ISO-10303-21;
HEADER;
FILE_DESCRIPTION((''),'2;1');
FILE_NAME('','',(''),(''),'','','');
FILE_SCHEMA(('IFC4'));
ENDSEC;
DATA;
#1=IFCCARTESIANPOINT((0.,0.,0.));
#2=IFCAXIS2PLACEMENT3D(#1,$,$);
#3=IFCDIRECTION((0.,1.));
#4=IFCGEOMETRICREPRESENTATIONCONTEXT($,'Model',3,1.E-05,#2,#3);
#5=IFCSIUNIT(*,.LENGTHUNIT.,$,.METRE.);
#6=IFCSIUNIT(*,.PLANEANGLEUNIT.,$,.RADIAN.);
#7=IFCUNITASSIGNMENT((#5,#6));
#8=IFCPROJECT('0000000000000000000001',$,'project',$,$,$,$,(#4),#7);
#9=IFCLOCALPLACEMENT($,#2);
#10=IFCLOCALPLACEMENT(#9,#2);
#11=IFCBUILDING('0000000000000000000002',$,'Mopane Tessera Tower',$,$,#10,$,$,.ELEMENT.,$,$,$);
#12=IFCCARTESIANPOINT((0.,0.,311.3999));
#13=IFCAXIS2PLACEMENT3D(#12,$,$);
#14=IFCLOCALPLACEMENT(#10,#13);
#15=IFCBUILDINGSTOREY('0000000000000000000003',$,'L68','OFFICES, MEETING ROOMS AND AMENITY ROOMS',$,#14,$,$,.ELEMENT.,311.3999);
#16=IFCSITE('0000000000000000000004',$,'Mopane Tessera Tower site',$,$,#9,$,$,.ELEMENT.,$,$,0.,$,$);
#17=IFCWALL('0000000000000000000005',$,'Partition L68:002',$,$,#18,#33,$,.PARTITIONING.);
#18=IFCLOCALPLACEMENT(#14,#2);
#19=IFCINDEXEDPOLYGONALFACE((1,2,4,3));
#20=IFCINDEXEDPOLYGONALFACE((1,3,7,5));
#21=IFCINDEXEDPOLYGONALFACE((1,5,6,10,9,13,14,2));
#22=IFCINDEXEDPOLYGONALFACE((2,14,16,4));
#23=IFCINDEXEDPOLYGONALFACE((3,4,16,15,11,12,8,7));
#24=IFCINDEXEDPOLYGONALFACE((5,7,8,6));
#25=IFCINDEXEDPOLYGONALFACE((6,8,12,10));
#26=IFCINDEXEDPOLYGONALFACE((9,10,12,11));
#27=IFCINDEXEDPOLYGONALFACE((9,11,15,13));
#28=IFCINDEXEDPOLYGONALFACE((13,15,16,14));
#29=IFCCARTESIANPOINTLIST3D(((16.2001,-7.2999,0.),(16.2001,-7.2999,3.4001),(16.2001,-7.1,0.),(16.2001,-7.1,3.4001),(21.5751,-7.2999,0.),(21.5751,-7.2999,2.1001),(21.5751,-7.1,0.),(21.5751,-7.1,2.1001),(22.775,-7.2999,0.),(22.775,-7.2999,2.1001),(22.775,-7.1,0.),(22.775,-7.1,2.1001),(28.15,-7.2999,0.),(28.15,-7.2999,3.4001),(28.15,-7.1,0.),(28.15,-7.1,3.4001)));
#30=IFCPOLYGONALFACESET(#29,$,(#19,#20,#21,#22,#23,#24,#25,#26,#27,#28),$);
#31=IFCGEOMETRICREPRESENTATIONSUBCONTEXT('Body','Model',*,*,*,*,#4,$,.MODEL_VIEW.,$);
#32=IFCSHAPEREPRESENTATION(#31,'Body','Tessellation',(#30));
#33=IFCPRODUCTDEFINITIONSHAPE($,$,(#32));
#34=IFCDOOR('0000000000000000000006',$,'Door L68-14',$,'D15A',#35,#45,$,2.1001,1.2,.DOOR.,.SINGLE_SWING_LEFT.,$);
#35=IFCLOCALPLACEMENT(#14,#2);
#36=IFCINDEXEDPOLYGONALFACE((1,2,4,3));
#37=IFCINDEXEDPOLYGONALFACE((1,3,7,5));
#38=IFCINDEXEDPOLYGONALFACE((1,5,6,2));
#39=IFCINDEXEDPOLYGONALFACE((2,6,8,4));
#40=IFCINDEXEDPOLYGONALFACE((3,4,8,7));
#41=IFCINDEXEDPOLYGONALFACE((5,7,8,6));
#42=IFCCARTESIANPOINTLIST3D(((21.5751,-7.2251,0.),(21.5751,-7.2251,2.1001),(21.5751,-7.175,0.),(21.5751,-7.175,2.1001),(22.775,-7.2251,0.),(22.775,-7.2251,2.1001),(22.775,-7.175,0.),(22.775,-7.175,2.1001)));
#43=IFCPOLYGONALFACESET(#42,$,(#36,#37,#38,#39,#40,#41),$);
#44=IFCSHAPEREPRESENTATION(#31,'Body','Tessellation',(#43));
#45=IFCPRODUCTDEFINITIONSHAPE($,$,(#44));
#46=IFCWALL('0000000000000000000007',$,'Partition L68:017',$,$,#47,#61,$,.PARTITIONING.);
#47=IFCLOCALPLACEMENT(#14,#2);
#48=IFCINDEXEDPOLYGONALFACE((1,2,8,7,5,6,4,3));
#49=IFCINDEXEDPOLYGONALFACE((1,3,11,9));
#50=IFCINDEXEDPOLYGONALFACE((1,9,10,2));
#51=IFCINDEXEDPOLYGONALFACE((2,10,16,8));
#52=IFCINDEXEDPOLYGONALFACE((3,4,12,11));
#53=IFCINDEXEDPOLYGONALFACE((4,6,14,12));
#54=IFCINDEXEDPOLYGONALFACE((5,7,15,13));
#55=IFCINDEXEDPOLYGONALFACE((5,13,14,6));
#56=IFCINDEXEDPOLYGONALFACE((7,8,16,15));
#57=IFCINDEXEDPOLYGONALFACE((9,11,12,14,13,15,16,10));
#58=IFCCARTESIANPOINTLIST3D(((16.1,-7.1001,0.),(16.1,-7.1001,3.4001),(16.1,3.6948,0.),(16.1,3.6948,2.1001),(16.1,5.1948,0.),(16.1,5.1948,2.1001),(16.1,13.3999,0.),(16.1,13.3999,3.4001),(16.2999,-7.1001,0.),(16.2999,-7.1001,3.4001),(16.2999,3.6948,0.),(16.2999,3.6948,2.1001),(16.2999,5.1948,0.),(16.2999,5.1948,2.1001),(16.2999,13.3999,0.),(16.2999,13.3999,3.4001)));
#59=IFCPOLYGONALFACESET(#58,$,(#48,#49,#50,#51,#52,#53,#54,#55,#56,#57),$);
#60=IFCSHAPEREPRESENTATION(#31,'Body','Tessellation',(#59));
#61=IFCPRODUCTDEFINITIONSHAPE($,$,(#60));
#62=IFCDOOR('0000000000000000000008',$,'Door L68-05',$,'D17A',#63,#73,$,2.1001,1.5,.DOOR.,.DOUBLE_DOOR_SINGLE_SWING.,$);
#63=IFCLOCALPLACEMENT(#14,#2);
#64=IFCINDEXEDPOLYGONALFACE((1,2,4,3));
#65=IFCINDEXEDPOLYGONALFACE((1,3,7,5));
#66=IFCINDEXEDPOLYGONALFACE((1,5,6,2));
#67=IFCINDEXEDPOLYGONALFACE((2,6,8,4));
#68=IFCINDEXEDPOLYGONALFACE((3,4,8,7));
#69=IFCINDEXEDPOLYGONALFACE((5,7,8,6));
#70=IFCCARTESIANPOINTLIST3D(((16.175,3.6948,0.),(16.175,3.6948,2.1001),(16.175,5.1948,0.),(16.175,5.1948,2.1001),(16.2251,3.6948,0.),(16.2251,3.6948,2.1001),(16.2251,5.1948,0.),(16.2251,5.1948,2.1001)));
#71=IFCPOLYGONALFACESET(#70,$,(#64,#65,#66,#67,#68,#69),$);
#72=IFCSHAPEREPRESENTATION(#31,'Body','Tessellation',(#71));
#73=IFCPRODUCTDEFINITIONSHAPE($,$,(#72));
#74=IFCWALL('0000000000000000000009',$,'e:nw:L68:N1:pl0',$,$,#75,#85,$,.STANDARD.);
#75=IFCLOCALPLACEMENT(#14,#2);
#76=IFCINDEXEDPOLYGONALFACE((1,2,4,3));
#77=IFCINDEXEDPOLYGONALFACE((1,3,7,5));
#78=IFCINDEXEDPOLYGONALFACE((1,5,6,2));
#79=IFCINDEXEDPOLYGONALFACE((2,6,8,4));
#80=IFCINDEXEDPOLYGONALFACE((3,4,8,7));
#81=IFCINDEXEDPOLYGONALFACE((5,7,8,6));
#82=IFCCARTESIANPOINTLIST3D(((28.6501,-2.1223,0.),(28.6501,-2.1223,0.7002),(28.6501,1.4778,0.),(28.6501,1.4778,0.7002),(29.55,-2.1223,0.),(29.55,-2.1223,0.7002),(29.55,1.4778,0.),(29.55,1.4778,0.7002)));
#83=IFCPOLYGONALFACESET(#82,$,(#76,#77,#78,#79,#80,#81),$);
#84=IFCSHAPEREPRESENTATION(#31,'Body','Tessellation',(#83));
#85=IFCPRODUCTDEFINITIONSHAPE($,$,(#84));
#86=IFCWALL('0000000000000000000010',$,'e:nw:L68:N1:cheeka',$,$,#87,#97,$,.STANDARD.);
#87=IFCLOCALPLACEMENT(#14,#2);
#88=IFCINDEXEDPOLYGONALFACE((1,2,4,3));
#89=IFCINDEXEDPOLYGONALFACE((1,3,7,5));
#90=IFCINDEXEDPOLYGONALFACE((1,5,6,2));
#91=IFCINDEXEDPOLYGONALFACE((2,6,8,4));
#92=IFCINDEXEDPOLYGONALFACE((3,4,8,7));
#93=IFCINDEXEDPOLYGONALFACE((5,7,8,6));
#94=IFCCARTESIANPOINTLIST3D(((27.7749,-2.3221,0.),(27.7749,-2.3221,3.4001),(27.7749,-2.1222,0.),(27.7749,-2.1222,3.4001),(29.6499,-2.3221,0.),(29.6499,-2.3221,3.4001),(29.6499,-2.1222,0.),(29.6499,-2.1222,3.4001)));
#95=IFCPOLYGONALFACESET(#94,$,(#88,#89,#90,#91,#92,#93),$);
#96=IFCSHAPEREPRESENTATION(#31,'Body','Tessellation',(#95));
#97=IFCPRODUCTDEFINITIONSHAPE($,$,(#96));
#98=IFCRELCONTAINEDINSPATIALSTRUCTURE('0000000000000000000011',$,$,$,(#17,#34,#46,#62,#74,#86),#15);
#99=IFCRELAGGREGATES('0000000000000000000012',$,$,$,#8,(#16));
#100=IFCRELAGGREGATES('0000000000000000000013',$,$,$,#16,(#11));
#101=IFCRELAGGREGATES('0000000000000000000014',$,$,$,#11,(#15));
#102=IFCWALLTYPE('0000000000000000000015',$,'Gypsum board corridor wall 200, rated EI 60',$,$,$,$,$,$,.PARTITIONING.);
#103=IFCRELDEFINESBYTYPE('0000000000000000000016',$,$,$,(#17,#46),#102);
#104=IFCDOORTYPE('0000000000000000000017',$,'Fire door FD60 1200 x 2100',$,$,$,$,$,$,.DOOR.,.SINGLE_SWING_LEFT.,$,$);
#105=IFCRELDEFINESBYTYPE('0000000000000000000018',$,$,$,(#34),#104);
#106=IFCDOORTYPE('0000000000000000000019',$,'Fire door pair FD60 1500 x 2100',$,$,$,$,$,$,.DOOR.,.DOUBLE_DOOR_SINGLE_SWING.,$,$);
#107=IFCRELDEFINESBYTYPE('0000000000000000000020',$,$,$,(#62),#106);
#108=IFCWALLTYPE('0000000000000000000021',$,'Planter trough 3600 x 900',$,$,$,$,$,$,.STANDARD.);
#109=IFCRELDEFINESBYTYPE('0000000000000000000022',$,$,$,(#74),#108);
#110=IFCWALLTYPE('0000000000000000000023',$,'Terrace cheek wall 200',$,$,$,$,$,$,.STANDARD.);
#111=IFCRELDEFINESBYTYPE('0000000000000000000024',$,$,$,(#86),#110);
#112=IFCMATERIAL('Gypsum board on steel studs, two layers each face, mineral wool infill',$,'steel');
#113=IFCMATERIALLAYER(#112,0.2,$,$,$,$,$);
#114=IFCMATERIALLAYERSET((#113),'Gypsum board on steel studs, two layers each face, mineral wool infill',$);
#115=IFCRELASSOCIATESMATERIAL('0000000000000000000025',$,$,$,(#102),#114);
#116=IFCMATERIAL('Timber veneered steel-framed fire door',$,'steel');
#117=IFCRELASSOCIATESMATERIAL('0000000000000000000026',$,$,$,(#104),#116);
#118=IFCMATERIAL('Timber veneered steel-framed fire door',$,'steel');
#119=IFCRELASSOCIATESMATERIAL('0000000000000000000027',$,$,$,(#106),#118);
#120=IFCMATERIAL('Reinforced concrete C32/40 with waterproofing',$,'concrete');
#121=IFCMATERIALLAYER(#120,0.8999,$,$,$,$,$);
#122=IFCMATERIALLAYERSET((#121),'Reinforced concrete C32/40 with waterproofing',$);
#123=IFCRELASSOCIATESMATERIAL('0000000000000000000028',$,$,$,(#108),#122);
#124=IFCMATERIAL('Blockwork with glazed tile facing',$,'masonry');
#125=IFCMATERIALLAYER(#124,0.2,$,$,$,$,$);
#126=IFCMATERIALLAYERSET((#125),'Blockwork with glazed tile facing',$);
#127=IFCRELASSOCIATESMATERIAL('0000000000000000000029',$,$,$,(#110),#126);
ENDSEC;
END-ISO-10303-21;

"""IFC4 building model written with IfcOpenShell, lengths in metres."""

from ifc_helpers import new_model, si_unit, direction, frame, frame_2d, origin, place, context, subcontext, project, spatial, rectangle, extrude, material, layer, layer_set, type_object, element, fill, save


model = new_model("IFC4")

# Units and contexts
model_context = context("Model", 3, precision=1e-05, world=origin(), true_north=direction((0.0, 1.0)))
body_context = subcontext(model_context, "Body", "Model", "MODEL_VIEW")
ifc_project = project(units=[si_unit("LENGTHUNIT", "METRE"), si_unit("PLANEANGLEUNIT", "RADIAN")], contexts=[model_context])

# Site, building, storey
site_placement = place(None, origin())
site = spatial("IfcSite", under=ifc_project, at=site_placement, Name="Mopane Tessera Tower site", CompositionType="ELEMENT", RefElevation=0.0)
building_placement = place(site_placement, origin())
building = spatial("IfcBuilding", under=site, at=building_placement, Name="Mopane Tessera Tower", CompositionType="ELEMENT")
storey_placement = place(building_placement, frame((0.0, 0.0, 311.3999)))
storey = spatial("IfcBuildingStorey", under=building, at=storey_placement, Name="L68", Description="OFFICES, MEETING ROOMS AND AMENITY ROOMS", CompositionType="ELEMENT", Elevation=311.3999)

# Walls, openings, doors
ifc_material_1 = material(Name="Gypsum board on steel studs, two layers each face, mineral wool infill", Category="steel")
ifc_layer_1 = layer(ifc_material_1, 0.2)
ifc_layer_set_1 = layer_set([ifc_layer_1], Name="Gypsum board on steel studs, two layers each face, mineral wool infill")
wall_type_1 = type_object("IfcWallType", Name="Gypsum board corridor wall 200, rated EI 60", PredefinedType="PARTITIONING", material=ifc_layer_set_1)
wall_1_placement = place(storey_placement, frame((16.2, -7.2, 0.0), z_axis=(0.0, 0.0, 1.0), x_axis=(1.0, 0.0, 0.0)))
wall_1 = element("IfcWall", 1, at=wall_1_placement, inside=storey, type_object=wall_type_1, Name="Partition L68:002", PredefinedType="PARTITIONING", context=body_context, shape_type="SweptSolid", body=[
    extrude(rectangle(XDim=11.95, YDim=0.2, at=frame_2d((5.9751, 0.0))), origin(), (0.0, 0.0, 1.0), 3.4001),
])
opening_1_placement = place(wall_1_placement, frame((5.375, 0.0, 0.0)))
opening_1 = element("IfcOpeningElement", 2, at=opening_1_placement, cuts=wall_1, PredefinedType="OPENING", context=body_context, shape_type="SweptSolid", body=[
    extrude(rectangle(XDim=1.2, YDim=2.1001, at=frame_2d((0.6001, 1.05))), frame((0.0, 0.1121, 0.0), z_axis=(0.0, -1.0, 0.0), x_axis=(1.0, 0.0, 0.0)), (0.0, 0.0, 1.0), 0.2239),
])
ifc_material_2 = material(Name="Timber veneered steel-framed fire door", Category="steel")
door_type_1 = type_object("IfcDoorType", Name="Fire door FD60 1200 x 2100", OperationType="SINGLE_SWING_LEFT", PredefinedType="DOOR", material=ifc_material_2)
door_1_placement = place(opening_1_placement, origin())
door_1 = element("IfcDoor", 3, at=door_1_placement, inside=storey, type_object=door_type_1, Name="Door L68-14", ObjectType="D15A", OperationType="SINGLE_SWING_LEFT", OverallHeight=2.1001, OverallWidth=1.2, PredefinedType="DOOR", context=body_context, shape_type="SweptSolid", body=[
    extrude(rectangle(XDim=1.2, YDim=2.1001, at=frame_2d((0.6001, 1.05))), frame((0.0, 0.0249, 0.0), z_axis=(0.0, -1.0, 0.0), x_axis=(1.0, 0.0, 0.0)), (0.0, 0.0, 1.0), 0.05),
])
fill(opening_1, door_1)
wall_2_placement = place(storey_placement, frame((16.2, -7.1001, 0.0), z_axis=(0.0, 0.0, 1.0), x_axis=(0.0, 1.0, 0.0)))
wall_2 = element("IfcWall", 4, at=wall_2_placement, inside=storey, type_object=wall_type_1, Name="Partition L68:017", PredefinedType="PARTITIONING", context=body_context, shape_type="SweptSolid", body=[
    extrude(rectangle(XDim=20.5, YDim=0.2, at=frame_2d((10.25, 0.0))), origin(), (0.0, 0.0, 1.0), 3.4001),
])
opening_2_placement = place(wall_2_placement, frame((10.7949, 0.0, 0.0)))
opening_2 = element("IfcOpeningElement", 5, at=opening_2_placement, cuts=wall_2, PredefinedType="OPENING", context=body_context, shape_type="SweptSolid", body=[
    extrude(rectangle(XDim=1.5, YDim=2.1001, at=frame_2d((0.75, 1.05))), frame((0.0, 0.1121, 0.0), z_axis=(0.0, -1.0, 0.0), x_axis=(1.0, 0.0, 0.0)), (0.0, 0.0, 1.0), 0.2239),
])
ifc_material_3 = material(Name="Timber veneered steel-framed fire door", Category="steel")
door_type_2 = type_object("IfcDoorType", Name="Fire door pair FD60 1500 x 2100", OperationType="DOUBLE_DOOR_SINGLE_SWING", PredefinedType="DOOR", material=ifc_material_3)
door_2_placement = place(opening_2_placement, origin())
door_2 = element("IfcDoor", 6, at=door_2_placement, inside=storey, type_object=door_type_2, Name="Door L68-05", ObjectType="D17A", OperationType="DOUBLE_DOOR_SINGLE_SWING", OverallHeight=2.1001, OverallWidth=1.5, PredefinedType="DOOR", context=body_context, shape_type="SweptSolid", body=[
    extrude(rectangle(XDim=1.5, YDim=2.1001, at=frame_2d((0.75, 1.05))), frame((0.0, 0.0249, 0.0), z_axis=(0.0, -1.0, 0.0), x_axis=(1.0, 0.0, 0.0)), (0.0, 0.0, 1.0), 0.05),
])
fill(opening_2, door_2)

# Walls
ifc_material_4 = material(Name="Reinforced concrete C32/40 with waterproofing", Category="concrete")
ifc_layer_2 = layer(ifc_material_4, 0.8999)
ifc_layer_set_2 = layer_set([ifc_layer_2], Name="Reinforced concrete C32/40 with waterproofing")
wall_type_2 = type_object("IfcWallType", Name="Planter trough 3600 x 900", PredefinedType="STANDARD", material=ifc_layer_set_2)
wall_3_placement = place(storey_placement, frame((29.1001, -2.1223, 0.0), z_axis=(0.0, 0.0, 1.0), x_axis=(0.0, 1.0, 0.0)))
element("IfcWall", 7, at=wall_3_placement, inside=storey, type_object=wall_type_2, Name="e:nw:L68:N1:pl0", PredefinedType="STANDARD", context=body_context, shape_type="SweptSolid", body=[
    extrude(rectangle(XDim=3.6001, YDim=0.8999, at=frame_2d((1.8, 0.0))), origin(), (0.0, 0.0, 1.0), 0.7002),
])
ifc_material_5 = material(Name="Blockwork with glazed tile facing", Category="masonry")
ifc_layer_3 = layer(ifc_material_5, 0.2)
ifc_layer_set_3 = layer_set([ifc_layer_3], Name="Blockwork with glazed tile facing")
wall_type_3 = type_object("IfcWallType", Name="Terrace cheek wall 200", PredefinedType="STANDARD", material=ifc_layer_set_3)
wall_4_placement = place(storey_placement, frame((29.6499, -2.2222, 0.0), z_axis=(0.0, 0.0, 1.0), x_axis=(-1.0, 0.0, 0.0)))
element("IfcWall", 8, at=wall_4_placement, inside=storey, type_object=wall_type_3, Name="e:nw:L68:N1:cheeka", PredefinedType="STANDARD", context=body_context, shape_type="SweptSolid", body=[
    extrude(rectangle(XDim=1.875, YDim=0.2, at=frame_2d((0.9375, 0.0))), origin(), (0.0, 0.0, 1.0), 3.4001),
])

save(model, "model.ifc")
